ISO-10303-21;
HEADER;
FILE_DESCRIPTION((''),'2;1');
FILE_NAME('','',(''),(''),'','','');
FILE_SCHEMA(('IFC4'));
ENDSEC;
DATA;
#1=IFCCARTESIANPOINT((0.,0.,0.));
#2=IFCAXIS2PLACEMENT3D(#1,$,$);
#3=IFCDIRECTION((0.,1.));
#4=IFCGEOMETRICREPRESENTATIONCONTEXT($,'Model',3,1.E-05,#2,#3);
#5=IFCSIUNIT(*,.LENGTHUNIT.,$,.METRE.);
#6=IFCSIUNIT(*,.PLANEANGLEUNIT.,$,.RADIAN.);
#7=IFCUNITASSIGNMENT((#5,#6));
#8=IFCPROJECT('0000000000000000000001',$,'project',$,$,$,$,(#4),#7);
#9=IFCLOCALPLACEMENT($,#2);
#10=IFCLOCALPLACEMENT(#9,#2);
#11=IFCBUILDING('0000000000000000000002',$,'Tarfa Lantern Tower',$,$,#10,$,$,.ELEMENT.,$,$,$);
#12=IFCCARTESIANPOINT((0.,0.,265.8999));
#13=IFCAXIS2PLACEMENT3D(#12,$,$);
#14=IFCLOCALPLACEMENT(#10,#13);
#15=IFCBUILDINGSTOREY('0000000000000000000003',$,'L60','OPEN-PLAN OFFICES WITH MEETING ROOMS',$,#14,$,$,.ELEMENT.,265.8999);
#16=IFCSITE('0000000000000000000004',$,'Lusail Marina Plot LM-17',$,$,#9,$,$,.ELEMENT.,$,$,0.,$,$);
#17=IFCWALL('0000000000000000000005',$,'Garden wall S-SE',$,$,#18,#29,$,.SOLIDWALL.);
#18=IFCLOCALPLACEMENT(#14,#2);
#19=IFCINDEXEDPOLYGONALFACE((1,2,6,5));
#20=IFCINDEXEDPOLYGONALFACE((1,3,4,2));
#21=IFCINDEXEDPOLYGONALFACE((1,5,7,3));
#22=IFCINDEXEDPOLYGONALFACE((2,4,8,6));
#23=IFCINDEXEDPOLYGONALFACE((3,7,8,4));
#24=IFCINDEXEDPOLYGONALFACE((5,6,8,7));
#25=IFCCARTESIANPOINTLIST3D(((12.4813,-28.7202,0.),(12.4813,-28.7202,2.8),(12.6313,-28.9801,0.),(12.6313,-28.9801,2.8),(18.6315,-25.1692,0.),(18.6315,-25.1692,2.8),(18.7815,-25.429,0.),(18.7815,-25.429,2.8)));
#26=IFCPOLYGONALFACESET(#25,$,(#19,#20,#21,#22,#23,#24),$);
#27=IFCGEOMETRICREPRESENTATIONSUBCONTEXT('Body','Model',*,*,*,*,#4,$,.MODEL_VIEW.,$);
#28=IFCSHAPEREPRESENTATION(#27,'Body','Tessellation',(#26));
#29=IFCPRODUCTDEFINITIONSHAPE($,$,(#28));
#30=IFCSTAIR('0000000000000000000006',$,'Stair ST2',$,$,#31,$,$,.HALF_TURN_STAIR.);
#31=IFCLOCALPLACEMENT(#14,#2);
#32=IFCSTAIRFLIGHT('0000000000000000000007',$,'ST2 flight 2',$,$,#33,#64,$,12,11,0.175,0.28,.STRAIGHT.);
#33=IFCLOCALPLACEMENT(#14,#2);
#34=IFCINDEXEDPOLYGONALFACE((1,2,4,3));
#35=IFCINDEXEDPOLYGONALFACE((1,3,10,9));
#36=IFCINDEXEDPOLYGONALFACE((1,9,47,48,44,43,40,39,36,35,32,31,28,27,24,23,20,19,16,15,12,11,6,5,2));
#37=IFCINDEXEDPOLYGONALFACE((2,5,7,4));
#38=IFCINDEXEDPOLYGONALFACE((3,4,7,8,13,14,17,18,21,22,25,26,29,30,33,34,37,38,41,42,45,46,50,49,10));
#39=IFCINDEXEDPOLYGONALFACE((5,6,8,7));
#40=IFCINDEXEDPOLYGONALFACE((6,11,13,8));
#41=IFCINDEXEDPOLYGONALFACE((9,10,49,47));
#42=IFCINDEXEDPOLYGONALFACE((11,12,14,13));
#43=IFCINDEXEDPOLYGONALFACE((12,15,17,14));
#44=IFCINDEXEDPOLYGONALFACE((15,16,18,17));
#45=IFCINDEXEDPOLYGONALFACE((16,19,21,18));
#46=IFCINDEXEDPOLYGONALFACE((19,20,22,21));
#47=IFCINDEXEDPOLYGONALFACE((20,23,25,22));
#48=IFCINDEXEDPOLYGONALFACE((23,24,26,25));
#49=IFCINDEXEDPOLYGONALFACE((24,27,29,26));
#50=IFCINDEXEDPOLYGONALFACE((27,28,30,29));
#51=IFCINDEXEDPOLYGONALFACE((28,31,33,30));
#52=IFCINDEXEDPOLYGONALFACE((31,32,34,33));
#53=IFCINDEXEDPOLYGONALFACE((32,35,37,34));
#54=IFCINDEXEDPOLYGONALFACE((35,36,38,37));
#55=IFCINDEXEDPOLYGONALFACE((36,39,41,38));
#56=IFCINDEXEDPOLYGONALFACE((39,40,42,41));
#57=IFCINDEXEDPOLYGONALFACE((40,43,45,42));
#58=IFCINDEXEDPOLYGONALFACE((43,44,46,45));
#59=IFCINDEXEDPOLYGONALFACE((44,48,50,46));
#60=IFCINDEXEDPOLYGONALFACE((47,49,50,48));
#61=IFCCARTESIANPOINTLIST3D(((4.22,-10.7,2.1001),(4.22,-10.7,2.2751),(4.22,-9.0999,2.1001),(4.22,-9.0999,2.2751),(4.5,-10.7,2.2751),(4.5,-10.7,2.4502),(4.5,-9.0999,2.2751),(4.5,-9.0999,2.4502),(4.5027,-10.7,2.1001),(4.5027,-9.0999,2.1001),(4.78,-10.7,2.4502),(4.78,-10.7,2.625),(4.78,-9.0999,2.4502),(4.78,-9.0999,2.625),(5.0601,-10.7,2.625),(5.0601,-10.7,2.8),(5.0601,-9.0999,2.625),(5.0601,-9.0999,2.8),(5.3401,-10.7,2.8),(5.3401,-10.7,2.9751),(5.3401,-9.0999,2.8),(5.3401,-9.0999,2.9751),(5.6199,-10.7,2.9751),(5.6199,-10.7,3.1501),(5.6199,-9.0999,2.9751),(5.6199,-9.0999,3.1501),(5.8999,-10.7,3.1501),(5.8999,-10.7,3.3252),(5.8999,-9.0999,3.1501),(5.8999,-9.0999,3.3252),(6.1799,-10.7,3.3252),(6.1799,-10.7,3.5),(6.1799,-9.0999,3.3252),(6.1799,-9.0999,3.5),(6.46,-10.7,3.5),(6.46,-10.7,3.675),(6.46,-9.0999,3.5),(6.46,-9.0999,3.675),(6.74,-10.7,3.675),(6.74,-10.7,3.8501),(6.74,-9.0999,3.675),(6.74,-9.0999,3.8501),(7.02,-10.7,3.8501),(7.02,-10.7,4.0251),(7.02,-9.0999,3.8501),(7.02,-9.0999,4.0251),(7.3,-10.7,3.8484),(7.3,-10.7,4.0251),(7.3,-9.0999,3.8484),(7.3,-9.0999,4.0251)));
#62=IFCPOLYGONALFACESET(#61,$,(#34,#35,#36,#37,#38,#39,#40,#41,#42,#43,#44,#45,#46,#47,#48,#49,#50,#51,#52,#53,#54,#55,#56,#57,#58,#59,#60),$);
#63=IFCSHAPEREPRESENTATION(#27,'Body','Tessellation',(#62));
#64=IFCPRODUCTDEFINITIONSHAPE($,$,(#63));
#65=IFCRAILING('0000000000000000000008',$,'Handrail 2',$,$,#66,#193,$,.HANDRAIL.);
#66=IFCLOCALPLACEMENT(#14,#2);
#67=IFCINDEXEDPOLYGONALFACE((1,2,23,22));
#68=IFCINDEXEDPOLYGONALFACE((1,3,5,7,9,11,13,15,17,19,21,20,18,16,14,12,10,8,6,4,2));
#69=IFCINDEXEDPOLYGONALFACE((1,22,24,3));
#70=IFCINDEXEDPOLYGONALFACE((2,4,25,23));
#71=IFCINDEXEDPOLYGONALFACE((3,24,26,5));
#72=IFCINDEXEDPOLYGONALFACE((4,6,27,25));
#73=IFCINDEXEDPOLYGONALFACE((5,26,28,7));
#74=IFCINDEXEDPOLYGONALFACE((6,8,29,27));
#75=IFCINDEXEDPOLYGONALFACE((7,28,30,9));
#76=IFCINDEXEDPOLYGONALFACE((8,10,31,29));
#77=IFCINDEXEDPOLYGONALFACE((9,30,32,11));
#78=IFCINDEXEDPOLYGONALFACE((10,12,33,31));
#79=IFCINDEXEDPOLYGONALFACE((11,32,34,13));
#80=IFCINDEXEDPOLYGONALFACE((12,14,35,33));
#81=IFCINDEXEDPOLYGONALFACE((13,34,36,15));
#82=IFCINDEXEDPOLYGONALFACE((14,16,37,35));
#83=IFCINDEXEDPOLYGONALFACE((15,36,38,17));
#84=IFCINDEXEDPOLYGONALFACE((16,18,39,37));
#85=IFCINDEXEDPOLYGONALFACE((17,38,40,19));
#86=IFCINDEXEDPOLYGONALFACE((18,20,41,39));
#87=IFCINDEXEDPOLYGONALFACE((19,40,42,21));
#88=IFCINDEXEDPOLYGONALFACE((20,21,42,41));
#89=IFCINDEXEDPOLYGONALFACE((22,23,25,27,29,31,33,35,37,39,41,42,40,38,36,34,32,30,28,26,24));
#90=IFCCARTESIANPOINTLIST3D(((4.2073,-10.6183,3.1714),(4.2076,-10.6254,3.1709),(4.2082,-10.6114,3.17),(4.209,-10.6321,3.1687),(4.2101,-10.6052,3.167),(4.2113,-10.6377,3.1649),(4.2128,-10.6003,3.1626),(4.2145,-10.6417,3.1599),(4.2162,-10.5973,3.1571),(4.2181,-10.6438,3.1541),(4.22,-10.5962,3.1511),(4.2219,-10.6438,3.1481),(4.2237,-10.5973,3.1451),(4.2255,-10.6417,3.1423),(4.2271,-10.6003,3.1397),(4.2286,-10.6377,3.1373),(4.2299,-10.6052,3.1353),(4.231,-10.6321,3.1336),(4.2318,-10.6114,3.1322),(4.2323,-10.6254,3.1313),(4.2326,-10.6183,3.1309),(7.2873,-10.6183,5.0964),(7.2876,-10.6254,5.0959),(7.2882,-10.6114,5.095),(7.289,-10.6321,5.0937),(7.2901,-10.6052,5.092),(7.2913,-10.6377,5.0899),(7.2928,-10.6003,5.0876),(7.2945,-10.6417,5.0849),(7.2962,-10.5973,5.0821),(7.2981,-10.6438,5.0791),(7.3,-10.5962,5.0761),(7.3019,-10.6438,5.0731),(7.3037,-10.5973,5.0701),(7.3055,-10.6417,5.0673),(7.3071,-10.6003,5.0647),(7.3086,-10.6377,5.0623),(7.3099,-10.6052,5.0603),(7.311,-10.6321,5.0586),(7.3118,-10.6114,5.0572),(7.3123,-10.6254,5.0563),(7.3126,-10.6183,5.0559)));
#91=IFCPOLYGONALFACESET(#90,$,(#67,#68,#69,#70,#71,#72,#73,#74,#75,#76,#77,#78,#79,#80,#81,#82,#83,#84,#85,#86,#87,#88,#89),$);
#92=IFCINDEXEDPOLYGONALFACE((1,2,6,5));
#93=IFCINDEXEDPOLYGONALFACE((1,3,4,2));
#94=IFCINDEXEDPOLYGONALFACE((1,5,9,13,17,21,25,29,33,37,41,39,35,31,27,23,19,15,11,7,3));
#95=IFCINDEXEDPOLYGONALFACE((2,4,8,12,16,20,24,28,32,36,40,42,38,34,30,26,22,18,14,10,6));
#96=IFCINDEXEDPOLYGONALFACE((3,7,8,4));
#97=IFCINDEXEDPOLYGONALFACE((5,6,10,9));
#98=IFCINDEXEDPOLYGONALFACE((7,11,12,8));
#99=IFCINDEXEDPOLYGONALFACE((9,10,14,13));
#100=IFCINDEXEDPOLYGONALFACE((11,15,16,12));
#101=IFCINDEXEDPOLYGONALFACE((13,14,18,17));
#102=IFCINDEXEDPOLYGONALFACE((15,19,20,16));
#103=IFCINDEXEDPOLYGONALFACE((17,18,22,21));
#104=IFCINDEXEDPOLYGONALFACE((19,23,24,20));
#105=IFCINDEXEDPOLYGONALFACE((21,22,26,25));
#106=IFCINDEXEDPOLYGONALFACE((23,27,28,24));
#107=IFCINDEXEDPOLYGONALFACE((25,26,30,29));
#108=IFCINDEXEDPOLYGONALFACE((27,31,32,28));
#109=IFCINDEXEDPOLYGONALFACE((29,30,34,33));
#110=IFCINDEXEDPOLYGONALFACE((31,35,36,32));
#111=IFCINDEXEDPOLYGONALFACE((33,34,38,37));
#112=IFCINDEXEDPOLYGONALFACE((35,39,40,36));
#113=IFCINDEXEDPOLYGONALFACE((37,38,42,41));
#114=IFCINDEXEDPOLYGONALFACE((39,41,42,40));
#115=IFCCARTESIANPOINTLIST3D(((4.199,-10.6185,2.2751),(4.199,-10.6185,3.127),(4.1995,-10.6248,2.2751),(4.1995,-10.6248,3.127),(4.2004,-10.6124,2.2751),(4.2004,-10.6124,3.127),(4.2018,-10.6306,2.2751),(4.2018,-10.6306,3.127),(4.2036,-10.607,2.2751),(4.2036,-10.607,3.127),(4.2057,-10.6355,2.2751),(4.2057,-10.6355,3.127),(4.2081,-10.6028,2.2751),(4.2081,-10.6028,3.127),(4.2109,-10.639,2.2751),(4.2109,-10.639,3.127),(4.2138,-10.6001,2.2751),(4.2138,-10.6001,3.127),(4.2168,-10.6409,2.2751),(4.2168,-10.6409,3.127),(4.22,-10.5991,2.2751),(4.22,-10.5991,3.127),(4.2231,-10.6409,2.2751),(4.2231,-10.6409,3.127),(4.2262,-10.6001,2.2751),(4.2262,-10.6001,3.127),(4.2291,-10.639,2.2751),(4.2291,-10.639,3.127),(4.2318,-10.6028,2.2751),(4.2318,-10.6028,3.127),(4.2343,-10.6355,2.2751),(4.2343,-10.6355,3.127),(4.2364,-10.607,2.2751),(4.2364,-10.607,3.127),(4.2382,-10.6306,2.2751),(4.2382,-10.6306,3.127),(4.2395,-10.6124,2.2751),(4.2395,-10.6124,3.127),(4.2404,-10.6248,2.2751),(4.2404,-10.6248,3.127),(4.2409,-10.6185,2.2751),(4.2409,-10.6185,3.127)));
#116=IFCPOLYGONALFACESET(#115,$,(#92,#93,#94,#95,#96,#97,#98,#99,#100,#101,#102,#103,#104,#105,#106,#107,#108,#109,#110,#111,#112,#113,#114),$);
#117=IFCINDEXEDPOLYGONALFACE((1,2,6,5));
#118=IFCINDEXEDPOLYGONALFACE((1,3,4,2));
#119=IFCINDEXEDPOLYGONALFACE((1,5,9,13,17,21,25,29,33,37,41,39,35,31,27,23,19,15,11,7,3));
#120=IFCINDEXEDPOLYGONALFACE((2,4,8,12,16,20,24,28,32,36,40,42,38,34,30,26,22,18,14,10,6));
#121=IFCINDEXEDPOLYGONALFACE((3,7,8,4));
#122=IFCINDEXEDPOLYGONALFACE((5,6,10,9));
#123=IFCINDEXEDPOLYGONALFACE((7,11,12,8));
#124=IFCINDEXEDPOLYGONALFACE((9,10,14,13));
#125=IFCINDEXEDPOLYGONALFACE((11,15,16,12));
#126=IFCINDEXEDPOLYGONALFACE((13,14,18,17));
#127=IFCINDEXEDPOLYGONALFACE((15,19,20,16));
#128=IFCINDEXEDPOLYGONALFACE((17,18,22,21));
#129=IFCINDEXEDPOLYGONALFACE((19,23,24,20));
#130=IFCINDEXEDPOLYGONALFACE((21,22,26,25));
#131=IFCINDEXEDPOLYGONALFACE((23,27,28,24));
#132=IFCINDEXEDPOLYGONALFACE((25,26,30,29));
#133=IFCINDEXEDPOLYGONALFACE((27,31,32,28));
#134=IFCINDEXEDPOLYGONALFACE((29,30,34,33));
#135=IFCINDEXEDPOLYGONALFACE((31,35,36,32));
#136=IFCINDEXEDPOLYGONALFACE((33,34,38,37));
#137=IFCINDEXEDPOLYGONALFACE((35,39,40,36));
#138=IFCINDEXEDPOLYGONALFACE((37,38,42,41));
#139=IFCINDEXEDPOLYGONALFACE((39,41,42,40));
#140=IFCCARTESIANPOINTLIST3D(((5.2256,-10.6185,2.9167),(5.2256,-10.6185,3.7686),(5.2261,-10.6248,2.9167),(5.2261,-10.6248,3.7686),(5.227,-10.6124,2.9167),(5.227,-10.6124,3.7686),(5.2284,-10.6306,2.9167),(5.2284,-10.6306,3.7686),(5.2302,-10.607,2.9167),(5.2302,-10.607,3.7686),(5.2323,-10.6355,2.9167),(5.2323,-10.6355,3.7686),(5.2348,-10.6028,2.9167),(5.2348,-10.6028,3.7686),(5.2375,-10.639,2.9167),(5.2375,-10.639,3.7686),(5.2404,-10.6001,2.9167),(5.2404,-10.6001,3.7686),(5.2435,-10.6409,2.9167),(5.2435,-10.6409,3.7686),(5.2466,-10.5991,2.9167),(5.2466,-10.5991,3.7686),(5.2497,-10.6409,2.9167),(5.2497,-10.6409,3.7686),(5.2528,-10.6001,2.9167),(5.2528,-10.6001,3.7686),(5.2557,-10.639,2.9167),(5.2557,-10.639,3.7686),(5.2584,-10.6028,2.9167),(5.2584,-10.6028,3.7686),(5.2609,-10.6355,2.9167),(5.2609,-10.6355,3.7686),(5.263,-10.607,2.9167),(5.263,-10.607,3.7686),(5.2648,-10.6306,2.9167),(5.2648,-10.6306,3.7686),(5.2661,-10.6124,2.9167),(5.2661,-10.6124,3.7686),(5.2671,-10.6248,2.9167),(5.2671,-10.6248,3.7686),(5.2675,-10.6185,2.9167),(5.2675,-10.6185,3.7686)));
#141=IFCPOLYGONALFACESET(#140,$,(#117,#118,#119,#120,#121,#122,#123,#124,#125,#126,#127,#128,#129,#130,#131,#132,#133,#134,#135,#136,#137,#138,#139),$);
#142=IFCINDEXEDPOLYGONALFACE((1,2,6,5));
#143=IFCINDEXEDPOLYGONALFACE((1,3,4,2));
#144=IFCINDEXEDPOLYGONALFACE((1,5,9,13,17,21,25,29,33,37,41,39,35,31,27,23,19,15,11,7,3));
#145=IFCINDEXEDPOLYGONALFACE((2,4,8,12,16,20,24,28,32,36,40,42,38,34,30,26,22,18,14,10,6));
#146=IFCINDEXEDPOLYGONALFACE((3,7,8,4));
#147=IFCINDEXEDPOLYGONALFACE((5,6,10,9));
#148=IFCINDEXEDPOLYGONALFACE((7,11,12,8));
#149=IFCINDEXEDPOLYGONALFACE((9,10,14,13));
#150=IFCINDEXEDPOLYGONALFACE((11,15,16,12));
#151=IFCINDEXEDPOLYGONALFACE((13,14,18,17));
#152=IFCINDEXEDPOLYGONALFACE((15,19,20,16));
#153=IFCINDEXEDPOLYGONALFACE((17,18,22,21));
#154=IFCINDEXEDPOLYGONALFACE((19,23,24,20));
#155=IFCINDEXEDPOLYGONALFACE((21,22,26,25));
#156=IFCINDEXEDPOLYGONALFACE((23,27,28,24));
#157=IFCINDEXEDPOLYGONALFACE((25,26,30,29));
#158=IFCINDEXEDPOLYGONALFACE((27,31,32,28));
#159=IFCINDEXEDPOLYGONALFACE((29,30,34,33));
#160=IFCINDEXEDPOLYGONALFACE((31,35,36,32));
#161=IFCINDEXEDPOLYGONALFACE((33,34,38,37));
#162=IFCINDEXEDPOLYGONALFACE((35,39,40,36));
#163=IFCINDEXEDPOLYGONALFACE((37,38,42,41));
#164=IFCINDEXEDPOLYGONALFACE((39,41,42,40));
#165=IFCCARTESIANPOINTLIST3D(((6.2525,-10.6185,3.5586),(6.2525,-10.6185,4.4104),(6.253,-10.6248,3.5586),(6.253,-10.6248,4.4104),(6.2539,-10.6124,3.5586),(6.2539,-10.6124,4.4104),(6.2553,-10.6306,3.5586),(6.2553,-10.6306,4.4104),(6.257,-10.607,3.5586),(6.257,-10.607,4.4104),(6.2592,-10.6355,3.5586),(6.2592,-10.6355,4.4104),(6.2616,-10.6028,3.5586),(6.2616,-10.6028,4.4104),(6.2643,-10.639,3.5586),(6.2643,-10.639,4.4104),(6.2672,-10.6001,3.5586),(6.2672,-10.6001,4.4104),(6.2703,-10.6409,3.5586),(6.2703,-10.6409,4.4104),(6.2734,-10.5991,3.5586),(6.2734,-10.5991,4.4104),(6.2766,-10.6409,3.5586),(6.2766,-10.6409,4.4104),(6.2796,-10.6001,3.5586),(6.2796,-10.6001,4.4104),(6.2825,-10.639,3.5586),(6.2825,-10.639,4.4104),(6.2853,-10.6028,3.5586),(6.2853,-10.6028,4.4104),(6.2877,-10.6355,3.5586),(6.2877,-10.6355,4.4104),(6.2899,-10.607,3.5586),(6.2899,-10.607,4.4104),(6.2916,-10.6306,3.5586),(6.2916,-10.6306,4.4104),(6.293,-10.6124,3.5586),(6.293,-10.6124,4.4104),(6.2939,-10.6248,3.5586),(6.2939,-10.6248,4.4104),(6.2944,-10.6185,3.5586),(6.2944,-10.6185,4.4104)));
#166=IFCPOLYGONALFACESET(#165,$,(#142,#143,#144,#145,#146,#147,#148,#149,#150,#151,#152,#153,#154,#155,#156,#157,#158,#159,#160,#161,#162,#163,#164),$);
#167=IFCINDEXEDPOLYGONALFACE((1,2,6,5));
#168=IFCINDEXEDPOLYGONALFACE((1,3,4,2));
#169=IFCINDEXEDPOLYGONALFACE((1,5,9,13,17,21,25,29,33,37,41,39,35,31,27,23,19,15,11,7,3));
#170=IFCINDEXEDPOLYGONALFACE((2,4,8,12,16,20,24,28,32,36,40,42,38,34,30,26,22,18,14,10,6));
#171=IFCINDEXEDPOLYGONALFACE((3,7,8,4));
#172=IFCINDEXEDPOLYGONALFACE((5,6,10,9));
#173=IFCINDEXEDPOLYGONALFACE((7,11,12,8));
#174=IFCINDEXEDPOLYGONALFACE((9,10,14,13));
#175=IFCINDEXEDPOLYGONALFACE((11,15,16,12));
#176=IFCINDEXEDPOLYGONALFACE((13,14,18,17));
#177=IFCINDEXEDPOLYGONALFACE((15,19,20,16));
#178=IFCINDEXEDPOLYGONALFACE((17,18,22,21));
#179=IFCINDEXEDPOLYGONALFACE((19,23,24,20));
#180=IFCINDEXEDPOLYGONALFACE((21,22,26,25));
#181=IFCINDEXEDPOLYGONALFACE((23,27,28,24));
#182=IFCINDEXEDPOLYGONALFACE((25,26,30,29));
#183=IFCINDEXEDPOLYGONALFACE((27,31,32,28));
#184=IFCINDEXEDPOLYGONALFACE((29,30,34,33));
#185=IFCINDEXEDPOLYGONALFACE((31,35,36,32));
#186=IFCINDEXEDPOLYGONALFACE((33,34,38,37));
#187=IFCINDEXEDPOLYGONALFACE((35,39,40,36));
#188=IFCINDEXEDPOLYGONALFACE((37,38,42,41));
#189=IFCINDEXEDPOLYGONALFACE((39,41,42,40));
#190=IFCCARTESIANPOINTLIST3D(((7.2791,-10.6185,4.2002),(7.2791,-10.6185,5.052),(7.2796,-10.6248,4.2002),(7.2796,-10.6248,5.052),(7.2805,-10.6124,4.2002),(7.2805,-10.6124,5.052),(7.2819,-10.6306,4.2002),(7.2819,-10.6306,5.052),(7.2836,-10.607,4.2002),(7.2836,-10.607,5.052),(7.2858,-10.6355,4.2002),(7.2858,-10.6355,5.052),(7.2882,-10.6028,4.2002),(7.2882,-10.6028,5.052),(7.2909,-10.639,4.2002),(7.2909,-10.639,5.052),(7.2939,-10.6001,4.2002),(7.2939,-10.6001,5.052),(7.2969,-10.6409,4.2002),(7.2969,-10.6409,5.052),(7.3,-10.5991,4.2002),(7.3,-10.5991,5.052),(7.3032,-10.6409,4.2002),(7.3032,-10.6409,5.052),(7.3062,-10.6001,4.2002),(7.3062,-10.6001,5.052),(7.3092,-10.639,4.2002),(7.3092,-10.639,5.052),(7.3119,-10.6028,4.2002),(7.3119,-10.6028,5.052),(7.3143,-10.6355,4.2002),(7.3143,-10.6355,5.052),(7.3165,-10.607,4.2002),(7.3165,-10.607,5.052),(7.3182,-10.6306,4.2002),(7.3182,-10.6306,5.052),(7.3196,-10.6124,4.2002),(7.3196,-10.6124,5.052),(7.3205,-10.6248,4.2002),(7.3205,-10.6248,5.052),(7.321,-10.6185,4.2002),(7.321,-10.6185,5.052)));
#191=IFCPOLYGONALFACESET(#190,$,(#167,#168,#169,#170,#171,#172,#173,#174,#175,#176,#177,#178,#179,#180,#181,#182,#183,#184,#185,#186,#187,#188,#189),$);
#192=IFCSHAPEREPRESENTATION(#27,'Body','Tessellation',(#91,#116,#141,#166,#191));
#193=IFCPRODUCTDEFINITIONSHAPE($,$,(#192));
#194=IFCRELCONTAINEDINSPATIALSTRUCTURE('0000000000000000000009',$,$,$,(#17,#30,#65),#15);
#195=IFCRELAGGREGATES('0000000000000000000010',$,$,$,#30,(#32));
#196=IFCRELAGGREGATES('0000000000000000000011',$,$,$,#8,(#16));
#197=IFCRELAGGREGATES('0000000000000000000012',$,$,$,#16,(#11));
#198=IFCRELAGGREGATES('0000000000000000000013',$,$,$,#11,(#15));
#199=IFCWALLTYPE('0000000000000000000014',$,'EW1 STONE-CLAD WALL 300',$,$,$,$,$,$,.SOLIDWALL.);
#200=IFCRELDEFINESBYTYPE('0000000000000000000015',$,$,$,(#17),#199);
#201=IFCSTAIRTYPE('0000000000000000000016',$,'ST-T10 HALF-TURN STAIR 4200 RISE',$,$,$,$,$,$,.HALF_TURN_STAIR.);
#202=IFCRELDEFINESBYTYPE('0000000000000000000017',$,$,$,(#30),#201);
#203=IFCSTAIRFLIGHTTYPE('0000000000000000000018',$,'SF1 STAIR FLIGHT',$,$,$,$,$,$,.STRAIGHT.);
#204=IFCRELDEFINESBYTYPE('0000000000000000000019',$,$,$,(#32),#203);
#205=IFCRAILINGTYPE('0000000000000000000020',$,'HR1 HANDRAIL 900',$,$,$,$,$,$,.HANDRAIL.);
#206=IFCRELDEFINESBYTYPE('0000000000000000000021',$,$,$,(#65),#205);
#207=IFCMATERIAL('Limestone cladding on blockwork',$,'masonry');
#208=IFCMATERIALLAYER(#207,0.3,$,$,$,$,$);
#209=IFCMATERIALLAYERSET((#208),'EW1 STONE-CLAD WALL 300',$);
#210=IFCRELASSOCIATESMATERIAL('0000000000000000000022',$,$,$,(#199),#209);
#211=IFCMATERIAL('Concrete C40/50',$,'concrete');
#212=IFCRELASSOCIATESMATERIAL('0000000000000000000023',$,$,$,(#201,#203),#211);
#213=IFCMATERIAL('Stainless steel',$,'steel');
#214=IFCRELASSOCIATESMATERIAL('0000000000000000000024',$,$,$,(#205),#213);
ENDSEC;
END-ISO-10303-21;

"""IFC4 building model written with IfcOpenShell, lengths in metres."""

from ifc_helpers import new_model, si_unit, direction, frame, frame_2d, origin, origin_2d, place, context, subcontext, project, spatial, polyline, rectangle, circle, outline, extrude, material, layer, layer_set, type_object, element, aggregate, save


model = new_model("IFC4")

# Units and contexts
model_context = context("Model", 3, precision=1e-05, world=origin(), true_north=direction((0.0, 1.0)))
body_context = subcontext(model_context, "Body", "Model", "MODEL_VIEW")
ifc_project = project(units=[si_unit("LENGTHUNIT", "METRE"), si_unit("PLANEANGLEUNIT", "RADIAN")], contexts=[model_context])

# Site, building, storey
site_placement = place(None, origin())
site = spatial("IfcSite", under=ifc_project, at=site_placement, Name="Lusail Marina Plot LM-17", CompositionType="ELEMENT", RefElevation=0.0)
building_placement = place(site_placement, origin())
building = spatial("IfcBuilding", under=site, at=building_placement, Name="Tarfa Lantern Tower", CompositionType="ELEMENT")
storey_placement = place(building_placement, frame((0.0, 0.0, 265.8999)))
storey = spatial("IfcBuildingStorey", under=building, at=storey_placement, Name="L60", Description="OPEN-PLAN OFFICES WITH MEETING ROOMS", CompositionType="ELEMENT", Elevation=265.8999)

# Wall
ifc_material_1 = material(Name="Limestone cladding on blockwork", Category="masonry")
ifc_layer_1 = layer(ifc_material_1, 0.3)
ifc_layer_set_1 = layer_set([ifc_layer_1], Name="EW1 STONE-CLAD WALL 300")
wall_type_1 = type_object("IfcWallType", Name="EW1 STONE-CLAD WALL 300", PredefinedType="SOLIDWALL", material=ifc_layer_set_1)
wall_1_placement = place(storey_placement, frame((12.5564, -28.8501, 0.0), z_axis=(0.0, 0.0, 1.0), x_axis=(0.866011, 0.500025, 0.0)))
element("IfcWall", 1, at=wall_1_placement, inside=storey, type_object=wall_type_1, Name="Garden wall S-SE", PredefinedType="SOLIDWALL", context=body_context, shape_type="SweptSolid", body=[
    extrude(rectangle(XDim=7.1018, YDim=0.3, at=frame_2d((3.5508, 0.0))), origin(), (0.0, 0.0, 1.0), 2.8),
])

# Stair, stair flight
ifc_material_2 = material(Name="Concrete C40/50", Category="concrete")
stair_type = type_object("IfcStairType", Name="ST-T10 HALF-TURN STAIR 4200 RISE", PredefinedType="HALF_TURN_STAIR", material=ifc_material_2)
stair_placement = place(storey_placement, origin())
stair = element("IfcStair", 2, at=stair_placement, inside=storey, type_object=stair_type, Name="Stair ST2", PredefinedType="HALF_TURN_STAIR")
stair_flight_type = type_object("IfcStairFlightType", Name="SF1 STAIR FLIGHT", PredefinedType="STRAIGHT", material=ifc_material_2)
stair_flight_placement = place(storey_placement, frame((4.22, -9.8999, 2.1001), z_axis=(0.0, 0.0, 1.0), x_axis=(1.0, 0.0, 0.0)))
stair_flight = element("IfcStairFlight", 3, at=stair_flight_placement, type_object=stair_flight_type, Name="ST2 flight 2", NumberOfRisers=12, NumberOfTreads=11, PredefinedType="STRAIGHT", RiserHeight=0.175, TreadLength=0.28, context=body_context, shape_type="SweptSolid", body=[
    extrude(outline(polyline([(0.0, 0.0), (0.0, 0.175), (0.28, 0.175), (0.28, 0.3501), (0.5601, 0.3501), (0.5601, 0.5249), (0.8401, 0.5249), (0.8401, 0.7), (1.1201, 0.7), (1.1201, 0.875), (1.3999, 0.875), (1.3999, 1.05), (1.6799, 1.05), (1.6799, 1.2251), (1.96, 1.2251), (1.96, 1.3999), (2.24, 1.3999), (2.24, 1.575), (2.52, 1.575), (2.52, 1.75), (2.8, 1.75), (2.8, 1.925), (3.0801, 1.925), (3.0801, 2.1001), (3.0801, 1.7483), (0.2827, 0.0), (0.0, 0.0)])), frame((0.0, 0.8, 0.0), z_axis=(0.0, -1.0, 0.0), x_axis=(1.0, 0.0, 0.0)), (0.0, 0.0, 1.0), 1.6001),
])
aggregate(stair, [stair_flight])

# Railing
ifc_material_3 = material(Name="Stainless steel", Category="steel")
railing_type = type_object("IfcRailingType", Name="HR1 HANDRAIL 900", PredefinedType="HANDRAIL", material=ifc_material_3)
railing_placement = place(storey_placement, frame((4.22, -10.6201, 2.2751)))
element("IfcRailing", 4, at=railing_placement, inside=storey, type_object=railing_type, Name="Handrail 2", PredefinedType="HANDRAIL", context=body_context, shape_type="SweptSolid", body=[
    extrude(circle(Radius=0.0239, at=origin_2d()), frame((0.0, 0.0, 0.876), z_axis=(0.847998, 0.0, 0.529999), x_axis=(0.0, 1.0, 0.0)), (0.0, 0.0, 1.0), 3.6321),
    extrude(circle(Radius=0.021, at=origin_2d()), frame((0.0, 0.0, 0.0), z_axis=(0.0, 0.0, 1.0), x_axis=(0.0, 1.0, 0.0)), (0.0, 0.0, 1.0), 0.8518),
    extrude(circle(Radius=0.021, at=origin_2d()), frame((1.0266, 0.0, 0.6416), z_axis=(0.0, 0.0, 1.0), x_axis=(0.0, 1.0, 0.0)), (0.0, 0.0, 1.0), 0.8518),
    extrude(circle(Radius=0.021, at=origin_2d()), frame((2.0535, 0.0, 1.2834), z_axis=(0.0, 0.0, 1.0), x_axis=(0.0, 1.0, 0.0)), (0.0, 0.0, 1.0), 0.8518),
    extrude(circle(Radius=0.021, at=origin_2d()), frame((3.0801, 0.0, 1.925), z_axis=(0.0, 0.0, 1.0), x_axis=(0.0, 1.0, 0.0)), (0.0, 0.0, 1.0), 0.8518),
])

save(model, "model.ifc")
